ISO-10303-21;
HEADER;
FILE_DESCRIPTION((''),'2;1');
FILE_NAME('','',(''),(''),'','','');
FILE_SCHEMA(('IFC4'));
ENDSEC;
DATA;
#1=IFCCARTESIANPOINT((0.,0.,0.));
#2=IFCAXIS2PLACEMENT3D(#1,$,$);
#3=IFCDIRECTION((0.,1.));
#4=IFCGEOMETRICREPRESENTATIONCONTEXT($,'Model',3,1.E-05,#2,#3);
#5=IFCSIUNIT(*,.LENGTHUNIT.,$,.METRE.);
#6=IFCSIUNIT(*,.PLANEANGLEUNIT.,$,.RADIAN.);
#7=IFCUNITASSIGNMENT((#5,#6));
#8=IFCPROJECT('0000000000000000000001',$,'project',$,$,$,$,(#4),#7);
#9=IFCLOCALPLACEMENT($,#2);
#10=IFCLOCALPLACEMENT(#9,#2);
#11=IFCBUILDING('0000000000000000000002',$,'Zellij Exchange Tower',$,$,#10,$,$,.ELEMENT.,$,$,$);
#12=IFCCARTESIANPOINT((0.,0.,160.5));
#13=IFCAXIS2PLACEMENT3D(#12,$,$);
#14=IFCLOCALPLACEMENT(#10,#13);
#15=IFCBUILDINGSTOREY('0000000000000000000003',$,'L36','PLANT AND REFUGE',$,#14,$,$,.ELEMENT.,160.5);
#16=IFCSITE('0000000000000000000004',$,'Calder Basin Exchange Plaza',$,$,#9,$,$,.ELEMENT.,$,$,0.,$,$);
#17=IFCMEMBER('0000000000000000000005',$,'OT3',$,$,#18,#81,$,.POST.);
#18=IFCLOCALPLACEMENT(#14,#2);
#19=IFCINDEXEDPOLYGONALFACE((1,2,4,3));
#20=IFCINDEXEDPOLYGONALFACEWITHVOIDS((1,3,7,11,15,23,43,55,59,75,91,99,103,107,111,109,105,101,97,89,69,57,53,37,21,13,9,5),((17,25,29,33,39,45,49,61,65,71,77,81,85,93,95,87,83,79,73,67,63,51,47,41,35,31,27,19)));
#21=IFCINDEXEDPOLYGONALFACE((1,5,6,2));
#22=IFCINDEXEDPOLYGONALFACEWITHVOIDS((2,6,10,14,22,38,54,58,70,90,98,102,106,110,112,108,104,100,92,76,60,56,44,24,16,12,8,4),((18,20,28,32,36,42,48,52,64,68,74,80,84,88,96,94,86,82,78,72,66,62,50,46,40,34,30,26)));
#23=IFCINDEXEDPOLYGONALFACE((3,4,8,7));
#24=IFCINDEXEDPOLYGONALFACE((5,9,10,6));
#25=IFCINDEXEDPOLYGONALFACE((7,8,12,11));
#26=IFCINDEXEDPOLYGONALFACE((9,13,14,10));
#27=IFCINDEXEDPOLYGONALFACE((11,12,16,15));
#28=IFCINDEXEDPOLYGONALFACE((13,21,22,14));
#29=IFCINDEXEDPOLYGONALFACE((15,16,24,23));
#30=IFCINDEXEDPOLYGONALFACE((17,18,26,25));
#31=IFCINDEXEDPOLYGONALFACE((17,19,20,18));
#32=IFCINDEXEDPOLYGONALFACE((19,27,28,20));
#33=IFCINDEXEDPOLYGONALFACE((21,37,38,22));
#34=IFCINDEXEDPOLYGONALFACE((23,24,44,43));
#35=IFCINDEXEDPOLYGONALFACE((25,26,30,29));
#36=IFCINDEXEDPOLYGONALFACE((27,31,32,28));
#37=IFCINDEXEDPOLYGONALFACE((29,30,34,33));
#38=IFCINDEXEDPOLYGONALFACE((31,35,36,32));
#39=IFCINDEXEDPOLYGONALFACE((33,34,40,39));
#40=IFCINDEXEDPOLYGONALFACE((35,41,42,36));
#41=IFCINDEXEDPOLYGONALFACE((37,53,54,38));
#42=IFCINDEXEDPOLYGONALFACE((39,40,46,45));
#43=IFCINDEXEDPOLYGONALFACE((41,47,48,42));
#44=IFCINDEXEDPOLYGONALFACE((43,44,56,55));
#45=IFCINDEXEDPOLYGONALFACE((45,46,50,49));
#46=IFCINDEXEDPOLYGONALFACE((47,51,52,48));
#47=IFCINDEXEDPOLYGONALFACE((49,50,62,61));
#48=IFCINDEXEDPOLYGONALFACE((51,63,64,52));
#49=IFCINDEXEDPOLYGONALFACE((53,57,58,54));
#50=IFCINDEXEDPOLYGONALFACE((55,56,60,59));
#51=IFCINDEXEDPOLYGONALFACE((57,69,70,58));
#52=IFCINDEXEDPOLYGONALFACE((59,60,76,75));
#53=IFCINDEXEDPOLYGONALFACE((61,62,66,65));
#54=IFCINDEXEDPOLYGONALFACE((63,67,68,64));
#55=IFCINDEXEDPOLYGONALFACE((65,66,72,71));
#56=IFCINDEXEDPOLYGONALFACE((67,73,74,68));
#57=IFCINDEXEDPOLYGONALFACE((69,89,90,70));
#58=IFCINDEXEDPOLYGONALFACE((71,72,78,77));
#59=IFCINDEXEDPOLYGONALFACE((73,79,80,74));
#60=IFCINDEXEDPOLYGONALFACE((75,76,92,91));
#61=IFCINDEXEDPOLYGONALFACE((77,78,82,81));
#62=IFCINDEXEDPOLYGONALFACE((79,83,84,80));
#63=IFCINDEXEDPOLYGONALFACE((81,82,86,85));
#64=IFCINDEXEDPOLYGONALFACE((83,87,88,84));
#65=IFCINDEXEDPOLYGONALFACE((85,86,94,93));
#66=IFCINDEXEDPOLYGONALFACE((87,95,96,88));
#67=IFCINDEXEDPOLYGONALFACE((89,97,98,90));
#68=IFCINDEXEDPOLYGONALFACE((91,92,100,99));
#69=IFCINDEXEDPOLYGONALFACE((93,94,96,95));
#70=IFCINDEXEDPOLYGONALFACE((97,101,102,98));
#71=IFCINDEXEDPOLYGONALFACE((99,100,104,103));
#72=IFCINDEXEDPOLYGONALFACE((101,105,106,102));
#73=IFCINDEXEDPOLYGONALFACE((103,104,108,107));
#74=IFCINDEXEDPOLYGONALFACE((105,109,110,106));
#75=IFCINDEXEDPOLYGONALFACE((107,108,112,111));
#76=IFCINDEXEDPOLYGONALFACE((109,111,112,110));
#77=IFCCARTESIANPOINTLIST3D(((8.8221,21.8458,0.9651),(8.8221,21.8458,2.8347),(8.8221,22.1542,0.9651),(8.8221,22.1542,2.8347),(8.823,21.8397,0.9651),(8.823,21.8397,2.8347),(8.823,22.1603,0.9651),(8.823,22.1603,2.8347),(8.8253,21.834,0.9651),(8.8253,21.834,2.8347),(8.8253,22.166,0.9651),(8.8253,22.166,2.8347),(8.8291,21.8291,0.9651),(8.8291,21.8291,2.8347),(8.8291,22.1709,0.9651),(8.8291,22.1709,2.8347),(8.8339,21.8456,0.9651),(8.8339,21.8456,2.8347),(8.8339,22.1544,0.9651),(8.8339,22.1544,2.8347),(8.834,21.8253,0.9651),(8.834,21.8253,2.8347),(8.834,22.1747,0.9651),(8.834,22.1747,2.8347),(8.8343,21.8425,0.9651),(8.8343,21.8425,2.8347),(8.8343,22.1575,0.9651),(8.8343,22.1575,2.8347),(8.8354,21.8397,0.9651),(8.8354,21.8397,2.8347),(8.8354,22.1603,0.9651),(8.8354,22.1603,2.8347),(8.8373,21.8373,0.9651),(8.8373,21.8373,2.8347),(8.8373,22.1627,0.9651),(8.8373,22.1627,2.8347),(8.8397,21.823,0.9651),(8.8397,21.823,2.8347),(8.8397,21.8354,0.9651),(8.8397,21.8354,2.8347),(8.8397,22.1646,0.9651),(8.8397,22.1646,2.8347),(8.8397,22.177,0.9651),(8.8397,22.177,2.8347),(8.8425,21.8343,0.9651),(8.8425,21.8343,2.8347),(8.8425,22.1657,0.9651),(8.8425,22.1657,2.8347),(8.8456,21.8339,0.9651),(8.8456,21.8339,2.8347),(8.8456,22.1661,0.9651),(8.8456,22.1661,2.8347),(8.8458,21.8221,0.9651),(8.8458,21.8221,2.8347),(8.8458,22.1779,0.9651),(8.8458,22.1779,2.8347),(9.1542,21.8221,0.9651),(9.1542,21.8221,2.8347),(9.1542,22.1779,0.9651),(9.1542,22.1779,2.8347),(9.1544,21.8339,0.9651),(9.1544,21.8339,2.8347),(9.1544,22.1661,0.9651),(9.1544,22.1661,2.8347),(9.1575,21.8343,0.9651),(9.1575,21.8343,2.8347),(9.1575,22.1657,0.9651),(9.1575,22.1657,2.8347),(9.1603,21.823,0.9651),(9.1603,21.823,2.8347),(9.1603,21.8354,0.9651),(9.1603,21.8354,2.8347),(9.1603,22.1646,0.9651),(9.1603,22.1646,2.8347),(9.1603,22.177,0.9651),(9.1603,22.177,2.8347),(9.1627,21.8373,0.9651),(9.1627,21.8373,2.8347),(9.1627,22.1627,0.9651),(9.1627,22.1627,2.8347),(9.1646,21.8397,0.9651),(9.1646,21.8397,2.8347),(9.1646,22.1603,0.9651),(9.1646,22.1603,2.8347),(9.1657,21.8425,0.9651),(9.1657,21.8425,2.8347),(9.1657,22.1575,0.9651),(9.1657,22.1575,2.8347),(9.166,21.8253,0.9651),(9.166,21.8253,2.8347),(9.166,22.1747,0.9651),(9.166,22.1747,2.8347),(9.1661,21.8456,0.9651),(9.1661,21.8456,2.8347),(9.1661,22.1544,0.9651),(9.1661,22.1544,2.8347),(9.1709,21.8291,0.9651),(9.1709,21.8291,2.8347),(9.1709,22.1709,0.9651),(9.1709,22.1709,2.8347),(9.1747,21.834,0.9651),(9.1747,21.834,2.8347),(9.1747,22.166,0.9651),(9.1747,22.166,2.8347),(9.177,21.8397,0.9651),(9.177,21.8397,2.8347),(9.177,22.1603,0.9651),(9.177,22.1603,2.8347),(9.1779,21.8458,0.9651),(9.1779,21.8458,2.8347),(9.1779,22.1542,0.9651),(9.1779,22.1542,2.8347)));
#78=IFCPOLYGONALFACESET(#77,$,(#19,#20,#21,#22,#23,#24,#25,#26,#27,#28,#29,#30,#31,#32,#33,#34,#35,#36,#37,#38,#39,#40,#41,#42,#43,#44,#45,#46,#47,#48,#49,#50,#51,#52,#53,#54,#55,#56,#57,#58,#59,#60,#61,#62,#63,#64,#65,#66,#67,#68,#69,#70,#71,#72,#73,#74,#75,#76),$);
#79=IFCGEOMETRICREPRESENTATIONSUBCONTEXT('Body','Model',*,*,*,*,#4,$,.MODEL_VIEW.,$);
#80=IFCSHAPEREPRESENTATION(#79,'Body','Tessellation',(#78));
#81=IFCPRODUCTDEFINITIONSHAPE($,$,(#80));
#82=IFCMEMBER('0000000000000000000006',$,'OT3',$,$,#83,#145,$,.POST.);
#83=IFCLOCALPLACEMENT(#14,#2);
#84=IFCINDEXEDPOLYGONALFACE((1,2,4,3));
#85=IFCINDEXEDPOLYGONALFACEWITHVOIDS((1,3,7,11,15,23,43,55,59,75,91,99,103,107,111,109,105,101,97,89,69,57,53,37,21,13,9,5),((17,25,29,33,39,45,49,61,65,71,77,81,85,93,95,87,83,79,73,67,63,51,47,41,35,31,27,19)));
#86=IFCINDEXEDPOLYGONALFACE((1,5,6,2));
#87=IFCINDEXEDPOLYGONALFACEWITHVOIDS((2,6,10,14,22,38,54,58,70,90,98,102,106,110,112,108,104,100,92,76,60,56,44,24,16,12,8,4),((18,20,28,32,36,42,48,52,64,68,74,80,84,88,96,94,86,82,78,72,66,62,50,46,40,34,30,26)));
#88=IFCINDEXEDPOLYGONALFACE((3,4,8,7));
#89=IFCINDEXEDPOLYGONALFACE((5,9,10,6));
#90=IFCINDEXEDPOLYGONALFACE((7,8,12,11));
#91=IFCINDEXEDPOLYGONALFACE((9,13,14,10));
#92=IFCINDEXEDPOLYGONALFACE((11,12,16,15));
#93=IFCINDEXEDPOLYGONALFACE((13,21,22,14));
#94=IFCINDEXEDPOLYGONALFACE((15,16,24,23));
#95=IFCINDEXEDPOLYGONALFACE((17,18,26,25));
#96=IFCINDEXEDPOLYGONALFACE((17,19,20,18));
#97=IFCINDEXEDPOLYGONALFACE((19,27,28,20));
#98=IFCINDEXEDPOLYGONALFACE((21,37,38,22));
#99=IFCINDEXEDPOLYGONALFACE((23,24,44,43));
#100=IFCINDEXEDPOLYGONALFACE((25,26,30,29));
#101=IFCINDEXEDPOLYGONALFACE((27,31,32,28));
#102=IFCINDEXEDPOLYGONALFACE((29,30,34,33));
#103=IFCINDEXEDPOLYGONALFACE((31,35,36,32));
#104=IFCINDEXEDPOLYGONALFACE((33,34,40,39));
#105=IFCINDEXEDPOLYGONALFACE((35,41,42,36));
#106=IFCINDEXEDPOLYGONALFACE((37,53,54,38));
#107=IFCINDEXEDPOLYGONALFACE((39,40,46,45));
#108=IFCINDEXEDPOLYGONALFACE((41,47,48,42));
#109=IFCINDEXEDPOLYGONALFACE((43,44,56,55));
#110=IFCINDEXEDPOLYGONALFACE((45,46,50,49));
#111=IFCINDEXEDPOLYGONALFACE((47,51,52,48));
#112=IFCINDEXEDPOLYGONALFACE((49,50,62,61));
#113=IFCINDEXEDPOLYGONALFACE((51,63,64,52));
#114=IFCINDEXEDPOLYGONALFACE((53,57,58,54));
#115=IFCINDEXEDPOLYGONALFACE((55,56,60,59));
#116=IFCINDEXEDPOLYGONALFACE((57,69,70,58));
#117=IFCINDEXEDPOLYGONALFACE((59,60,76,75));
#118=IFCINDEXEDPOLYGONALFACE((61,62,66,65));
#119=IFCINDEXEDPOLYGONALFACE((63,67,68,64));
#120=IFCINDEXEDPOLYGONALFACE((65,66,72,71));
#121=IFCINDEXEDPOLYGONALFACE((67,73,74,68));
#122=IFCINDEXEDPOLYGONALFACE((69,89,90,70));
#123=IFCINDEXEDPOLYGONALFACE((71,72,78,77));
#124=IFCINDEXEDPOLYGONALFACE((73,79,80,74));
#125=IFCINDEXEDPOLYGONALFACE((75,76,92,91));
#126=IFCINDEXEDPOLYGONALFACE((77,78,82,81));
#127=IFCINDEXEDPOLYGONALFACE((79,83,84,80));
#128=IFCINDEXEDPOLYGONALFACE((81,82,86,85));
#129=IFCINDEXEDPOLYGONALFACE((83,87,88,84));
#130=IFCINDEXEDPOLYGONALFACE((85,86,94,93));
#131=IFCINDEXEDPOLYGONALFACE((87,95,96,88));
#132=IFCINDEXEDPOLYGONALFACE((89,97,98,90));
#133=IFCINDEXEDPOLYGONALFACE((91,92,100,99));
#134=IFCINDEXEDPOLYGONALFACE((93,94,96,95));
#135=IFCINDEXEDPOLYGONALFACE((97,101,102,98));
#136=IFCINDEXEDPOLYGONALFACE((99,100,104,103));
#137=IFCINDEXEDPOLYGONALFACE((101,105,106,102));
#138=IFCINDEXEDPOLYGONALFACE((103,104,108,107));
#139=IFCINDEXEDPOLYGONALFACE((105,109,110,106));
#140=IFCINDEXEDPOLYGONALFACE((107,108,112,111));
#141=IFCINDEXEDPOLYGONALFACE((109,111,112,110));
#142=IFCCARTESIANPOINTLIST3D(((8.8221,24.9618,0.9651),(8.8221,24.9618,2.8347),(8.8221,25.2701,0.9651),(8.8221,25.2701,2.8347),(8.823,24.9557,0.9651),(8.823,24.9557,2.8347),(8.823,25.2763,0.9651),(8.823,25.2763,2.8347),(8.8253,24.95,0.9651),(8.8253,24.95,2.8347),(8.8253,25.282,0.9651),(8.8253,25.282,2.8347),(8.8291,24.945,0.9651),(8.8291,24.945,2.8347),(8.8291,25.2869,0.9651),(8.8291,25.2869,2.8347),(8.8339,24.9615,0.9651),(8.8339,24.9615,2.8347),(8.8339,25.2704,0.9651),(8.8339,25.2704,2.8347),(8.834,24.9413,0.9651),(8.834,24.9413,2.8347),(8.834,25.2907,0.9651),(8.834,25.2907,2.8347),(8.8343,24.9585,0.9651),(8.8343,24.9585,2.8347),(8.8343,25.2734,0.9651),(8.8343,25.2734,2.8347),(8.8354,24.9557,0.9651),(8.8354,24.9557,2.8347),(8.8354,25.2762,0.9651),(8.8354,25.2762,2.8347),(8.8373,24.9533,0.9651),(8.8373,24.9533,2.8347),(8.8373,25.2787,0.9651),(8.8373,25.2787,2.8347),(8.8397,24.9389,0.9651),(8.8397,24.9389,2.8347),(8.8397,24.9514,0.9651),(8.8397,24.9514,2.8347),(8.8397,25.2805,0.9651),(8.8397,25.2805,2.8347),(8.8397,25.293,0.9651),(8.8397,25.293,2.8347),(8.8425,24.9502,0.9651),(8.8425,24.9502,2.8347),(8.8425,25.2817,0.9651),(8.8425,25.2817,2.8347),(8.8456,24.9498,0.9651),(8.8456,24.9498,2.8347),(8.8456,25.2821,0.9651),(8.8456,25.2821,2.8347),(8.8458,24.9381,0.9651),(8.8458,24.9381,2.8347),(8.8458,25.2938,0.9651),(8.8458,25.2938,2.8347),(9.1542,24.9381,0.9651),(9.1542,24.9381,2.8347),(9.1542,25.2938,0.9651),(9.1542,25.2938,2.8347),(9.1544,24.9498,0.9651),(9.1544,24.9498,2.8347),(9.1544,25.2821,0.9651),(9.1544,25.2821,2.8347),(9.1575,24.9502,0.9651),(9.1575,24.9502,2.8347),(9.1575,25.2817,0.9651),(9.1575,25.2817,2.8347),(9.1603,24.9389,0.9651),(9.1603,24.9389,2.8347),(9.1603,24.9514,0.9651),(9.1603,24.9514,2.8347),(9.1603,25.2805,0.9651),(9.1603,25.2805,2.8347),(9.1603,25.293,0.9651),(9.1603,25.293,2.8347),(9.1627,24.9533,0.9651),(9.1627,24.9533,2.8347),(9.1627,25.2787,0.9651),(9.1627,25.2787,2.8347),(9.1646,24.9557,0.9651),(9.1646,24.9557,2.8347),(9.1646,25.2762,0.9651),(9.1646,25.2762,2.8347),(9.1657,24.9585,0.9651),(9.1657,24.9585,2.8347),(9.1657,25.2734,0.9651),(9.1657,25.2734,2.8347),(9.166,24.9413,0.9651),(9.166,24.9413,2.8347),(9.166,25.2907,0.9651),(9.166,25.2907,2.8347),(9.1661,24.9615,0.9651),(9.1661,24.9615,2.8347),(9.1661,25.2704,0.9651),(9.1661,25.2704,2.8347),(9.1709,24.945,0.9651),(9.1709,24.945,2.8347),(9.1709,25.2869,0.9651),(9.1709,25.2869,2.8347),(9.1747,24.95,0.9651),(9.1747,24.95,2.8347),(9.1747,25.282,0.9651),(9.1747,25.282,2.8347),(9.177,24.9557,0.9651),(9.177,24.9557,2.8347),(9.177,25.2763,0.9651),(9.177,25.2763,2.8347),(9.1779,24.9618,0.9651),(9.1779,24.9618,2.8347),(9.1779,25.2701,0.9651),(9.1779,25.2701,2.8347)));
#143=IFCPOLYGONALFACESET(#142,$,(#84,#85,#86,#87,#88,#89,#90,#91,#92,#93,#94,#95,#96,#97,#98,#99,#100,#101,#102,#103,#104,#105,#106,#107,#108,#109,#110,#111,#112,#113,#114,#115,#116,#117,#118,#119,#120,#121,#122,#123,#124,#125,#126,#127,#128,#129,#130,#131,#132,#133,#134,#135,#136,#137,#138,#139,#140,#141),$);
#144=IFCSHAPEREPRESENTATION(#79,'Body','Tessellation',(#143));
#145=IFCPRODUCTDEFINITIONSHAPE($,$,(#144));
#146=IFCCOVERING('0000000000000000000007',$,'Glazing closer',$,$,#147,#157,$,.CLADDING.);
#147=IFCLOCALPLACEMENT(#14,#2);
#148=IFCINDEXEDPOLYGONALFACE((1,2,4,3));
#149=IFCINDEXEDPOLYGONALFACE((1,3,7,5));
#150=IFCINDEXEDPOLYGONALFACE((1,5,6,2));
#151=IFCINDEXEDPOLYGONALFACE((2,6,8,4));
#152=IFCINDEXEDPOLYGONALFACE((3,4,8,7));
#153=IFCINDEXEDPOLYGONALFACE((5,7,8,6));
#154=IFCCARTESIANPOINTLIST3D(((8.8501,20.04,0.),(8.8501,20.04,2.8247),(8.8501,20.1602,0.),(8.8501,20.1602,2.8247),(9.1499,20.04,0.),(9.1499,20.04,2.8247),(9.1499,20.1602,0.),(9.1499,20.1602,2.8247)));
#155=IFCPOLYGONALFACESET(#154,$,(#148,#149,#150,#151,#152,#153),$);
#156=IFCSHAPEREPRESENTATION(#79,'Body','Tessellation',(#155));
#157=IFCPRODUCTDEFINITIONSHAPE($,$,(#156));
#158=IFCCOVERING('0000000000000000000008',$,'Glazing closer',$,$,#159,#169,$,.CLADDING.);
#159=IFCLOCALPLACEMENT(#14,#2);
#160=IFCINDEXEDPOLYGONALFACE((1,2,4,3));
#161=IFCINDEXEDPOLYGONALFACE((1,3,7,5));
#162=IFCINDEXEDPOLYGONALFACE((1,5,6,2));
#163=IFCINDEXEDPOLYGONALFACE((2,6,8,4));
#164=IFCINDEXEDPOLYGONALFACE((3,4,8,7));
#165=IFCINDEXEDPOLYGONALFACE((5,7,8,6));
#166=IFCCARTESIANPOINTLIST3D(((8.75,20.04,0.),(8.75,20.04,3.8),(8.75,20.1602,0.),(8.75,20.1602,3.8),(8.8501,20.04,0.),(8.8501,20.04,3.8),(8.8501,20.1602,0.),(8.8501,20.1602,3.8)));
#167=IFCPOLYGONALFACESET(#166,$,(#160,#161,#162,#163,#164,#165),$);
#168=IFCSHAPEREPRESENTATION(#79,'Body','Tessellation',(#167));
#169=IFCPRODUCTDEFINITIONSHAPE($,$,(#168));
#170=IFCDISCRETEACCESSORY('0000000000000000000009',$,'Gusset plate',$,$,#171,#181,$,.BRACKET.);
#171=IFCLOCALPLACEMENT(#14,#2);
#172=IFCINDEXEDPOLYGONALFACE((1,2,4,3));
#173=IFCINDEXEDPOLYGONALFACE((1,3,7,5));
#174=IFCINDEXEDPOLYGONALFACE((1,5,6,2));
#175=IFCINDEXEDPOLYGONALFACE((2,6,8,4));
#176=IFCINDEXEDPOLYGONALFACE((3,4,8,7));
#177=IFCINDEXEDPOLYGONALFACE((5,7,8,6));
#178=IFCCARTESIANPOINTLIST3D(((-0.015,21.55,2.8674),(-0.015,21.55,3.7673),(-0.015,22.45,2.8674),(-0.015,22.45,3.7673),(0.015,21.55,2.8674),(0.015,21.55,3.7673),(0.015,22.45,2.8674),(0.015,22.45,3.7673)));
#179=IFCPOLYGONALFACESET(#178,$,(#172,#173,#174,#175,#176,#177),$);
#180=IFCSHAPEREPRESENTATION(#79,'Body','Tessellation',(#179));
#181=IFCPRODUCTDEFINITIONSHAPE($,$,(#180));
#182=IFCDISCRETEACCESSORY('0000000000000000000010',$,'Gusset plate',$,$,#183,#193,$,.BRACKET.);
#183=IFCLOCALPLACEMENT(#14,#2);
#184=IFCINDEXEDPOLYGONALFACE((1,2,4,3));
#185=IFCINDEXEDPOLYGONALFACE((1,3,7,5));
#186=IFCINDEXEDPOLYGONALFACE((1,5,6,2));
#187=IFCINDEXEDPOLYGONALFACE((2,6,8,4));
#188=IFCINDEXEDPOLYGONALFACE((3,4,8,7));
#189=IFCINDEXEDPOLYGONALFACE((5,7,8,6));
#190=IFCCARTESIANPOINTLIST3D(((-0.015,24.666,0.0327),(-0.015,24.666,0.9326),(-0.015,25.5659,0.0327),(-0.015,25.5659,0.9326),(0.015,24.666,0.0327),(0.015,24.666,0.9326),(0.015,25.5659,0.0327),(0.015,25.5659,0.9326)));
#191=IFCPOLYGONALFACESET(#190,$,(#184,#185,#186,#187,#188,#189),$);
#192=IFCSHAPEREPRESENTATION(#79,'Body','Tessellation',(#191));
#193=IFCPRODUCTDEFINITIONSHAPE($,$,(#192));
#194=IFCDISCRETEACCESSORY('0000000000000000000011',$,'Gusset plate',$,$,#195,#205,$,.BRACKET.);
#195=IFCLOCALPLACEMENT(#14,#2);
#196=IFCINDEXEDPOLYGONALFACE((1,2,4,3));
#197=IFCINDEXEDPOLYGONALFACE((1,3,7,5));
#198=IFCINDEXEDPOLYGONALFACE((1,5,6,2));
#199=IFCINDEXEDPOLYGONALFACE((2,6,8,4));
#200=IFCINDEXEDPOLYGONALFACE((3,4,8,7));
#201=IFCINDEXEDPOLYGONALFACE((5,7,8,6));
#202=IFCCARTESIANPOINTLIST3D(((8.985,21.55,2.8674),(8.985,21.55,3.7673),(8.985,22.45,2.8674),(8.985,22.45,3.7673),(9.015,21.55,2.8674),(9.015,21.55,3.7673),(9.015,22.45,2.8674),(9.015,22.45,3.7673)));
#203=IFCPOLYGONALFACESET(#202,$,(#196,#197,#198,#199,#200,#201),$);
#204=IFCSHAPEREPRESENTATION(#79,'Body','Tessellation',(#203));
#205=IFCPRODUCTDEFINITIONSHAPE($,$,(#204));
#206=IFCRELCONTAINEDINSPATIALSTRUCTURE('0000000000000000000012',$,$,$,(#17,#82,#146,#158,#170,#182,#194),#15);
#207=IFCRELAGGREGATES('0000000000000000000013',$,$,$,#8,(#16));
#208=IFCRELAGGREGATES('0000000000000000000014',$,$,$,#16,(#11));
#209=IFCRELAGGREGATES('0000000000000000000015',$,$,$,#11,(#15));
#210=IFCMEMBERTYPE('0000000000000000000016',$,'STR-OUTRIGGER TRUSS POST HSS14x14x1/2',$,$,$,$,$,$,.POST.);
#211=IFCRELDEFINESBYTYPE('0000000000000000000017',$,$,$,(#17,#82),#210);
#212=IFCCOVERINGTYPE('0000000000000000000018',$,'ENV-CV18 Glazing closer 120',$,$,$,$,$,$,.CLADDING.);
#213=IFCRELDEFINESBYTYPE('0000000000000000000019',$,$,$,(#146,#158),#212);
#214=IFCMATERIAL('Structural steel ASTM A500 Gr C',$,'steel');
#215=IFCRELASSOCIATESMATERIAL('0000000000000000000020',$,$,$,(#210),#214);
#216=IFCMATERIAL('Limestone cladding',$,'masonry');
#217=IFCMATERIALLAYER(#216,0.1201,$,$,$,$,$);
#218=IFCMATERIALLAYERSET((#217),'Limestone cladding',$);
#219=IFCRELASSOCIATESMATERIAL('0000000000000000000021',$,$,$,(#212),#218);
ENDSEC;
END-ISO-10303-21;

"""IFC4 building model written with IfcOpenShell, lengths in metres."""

from ifc_helpers import new_model, si_unit, direction, frame, origin, origin_2d, place, context, subcontext, project, spatial, rectangle, hollow_rectangle, extrude, material, layer, layer_set, material_profile, profile_set, type_object, element, save


model = new_model("IFC4")

# Units and contexts
model_context = context("Model", 3, precision=1e-05, world=origin(), true_north=direction((0.0, 1.0)))
body_context = subcontext(model_context, "Body", "Model", "MODEL_VIEW")
ifc_project = project(units=[si_unit("LENGTHUNIT", "METRE"), si_unit("PLANEANGLEUNIT", "RADIAN")], contexts=[model_context])

# Site, building, storey
site_placement = place(None, origin())
site = spatial("IfcSite", under=ifc_project, at=site_placement, Name="Calder Basin Exchange Plaza", CompositionType="ELEMENT", RefElevation=0.0)
building_placement = place(site_placement, origin())
building = spatial("IfcBuilding", under=site, at=building_placement, Name="Zellij Exchange Tower", CompositionType="ELEMENT")
storey_placement = place(building_placement, frame((0.0, 0.0, 160.5)))
storey = spatial("IfcBuildingStorey", under=building, at=storey_placement, Name="L36", Description="PLANT AND REFUGE", CompositionType="ELEMENT", Elevation=160.5)

# Members
ifc_material_1 = material(Name="Structural steel ASTM A500 Gr C", Category="steel")
ifc_material_profile_1 = material_profile(ifc_material_1, hollow_rectangle(XDim=0.3557, YDim=0.3557, WallThickness=0.0117, InnerFilletRadius=0.0117, OuterFilletRadius=0.0237, at=origin_2d()), Name="STR-OUTRIGGER TRUSS POST HSS14x14x1/2")
ifc_profile_set_1 = profile_set([ifc_material_profile_1], Name="Structural steel ASTM A500 Gr C")
member_type_1 = type_object("IfcMemberType", Name="STR-OUTRIGGER TRUSS POST HSS14x14x1/2", PredefinedType="POST", material=ifc_profile_set_1)
for number, where, z_axis, x_axis, name in (
    (1, (9.0, 22.0, 0.9651), (0.0, 0.0, 1.0), (1.0, 0.0, 0.0), "OT3"),
    (2, (9.0, 25.116, 0.9651), (0.0, 0.0, 1.0), (1.0, 0.0, 0.0), "OT3"),
):
    element("IfcMember", number, at=place(storey_placement, frame(where, z_axis=z_axis, x_axis=x_axis)), inside=storey, type_object=member_type_1, Name=name, PredefinedType="POST", context=body_context, shape_type="SweptSolid", body=[
        extrude(hollow_rectangle(XDim=0.3557, YDim=0.3557, WallThickness=0.0117, InnerFilletRadius=0.0117, OuterFilletRadius=0.0237, at=origin_2d()), origin(), (0.0, 0.0, 1.0), 1.8696),
    ])

# Coverings
ifc_material_2 = material(Name="Limestone cladding", Category="masonry")
ifc_layer = layer(ifc_material_2, 0.1201)
ifc_layer_set = layer_set([ifc_layer], Name="Limestone cladding")
covering_type = type_object("IfcCoveringType", Name="ENV-CV18 Glazing closer 120", PredefinedType="CLADDING", material=ifc_layer_set)
covering_1_placement = place(storey_placement, frame((9.0, 20.1001, 0.0), z_axis=(0.0, 0.0, 1.0), x_axis=(-1.0, 0.0, 0.0)))
element("IfcCovering", 3, at=covering_1_placement, inside=storey, type_object=covering_type, Name="Glazing closer", PredefinedType="CLADDING", context=body_context, shape_type="SweptSolid", body=[
    extrude(rectangle(XDim=0.2998, YDim=0.1201, at=origin_2d()), origin(), (0.0, 0.0, 1.0), 2.8247),
])
covering_2_placement = place(storey_placement, frame((8.8, 20.1001, 0.0), z_axis=(0.0, 0.0, 1.0), x_axis=(-1.0, 0.0, 0.0)))
element("IfcCovering", 4, at=covering_2_placement, inside=storey, type_object=covering_type, Name="Glazing closer", PredefinedType="CLADDING", context=body_context, shape_type="SweptSolid", body=[
    extrude(rectangle(XDim=0.1001, YDim=0.1201, at=origin_2d()), origin(), (0.0, 0.0, 1.0), 3.8),
])

# Discrete accessories
for number, where, z_axis, x_axis, name in (
    (5, (0.0, 22.0, 2.8674), (0.0, 0.0, 1.0), (0.0, 1.0, 0.0), "Gusset plate"),
    (6, (0.0, 25.116, 0.0327), (0.0, 0.0, 1.0), (0.0, 1.0, 0.0), "Gusset plate"),
    (7, (9.0, 22.0, 2.8674), (0.0, 0.0, 1.0), (0.0, 1.0, 0.0), "Gusset plate"),
):
    element("IfcDiscreteAccessory", number, at=place(storey_placement, frame(where, z_axis=z_axis, x_axis=x_axis)), inside=storey, Name=name, PredefinedType="BRACKET", context=body_context, shape_type="SweptSolid", body=[
        extrude(rectangle(XDim=0.8999, YDim=0.03, at=origin_2d()), origin(), (0.0, 0.0, 1.0), 0.8999),
    ])

save(model, "model.ifc")
